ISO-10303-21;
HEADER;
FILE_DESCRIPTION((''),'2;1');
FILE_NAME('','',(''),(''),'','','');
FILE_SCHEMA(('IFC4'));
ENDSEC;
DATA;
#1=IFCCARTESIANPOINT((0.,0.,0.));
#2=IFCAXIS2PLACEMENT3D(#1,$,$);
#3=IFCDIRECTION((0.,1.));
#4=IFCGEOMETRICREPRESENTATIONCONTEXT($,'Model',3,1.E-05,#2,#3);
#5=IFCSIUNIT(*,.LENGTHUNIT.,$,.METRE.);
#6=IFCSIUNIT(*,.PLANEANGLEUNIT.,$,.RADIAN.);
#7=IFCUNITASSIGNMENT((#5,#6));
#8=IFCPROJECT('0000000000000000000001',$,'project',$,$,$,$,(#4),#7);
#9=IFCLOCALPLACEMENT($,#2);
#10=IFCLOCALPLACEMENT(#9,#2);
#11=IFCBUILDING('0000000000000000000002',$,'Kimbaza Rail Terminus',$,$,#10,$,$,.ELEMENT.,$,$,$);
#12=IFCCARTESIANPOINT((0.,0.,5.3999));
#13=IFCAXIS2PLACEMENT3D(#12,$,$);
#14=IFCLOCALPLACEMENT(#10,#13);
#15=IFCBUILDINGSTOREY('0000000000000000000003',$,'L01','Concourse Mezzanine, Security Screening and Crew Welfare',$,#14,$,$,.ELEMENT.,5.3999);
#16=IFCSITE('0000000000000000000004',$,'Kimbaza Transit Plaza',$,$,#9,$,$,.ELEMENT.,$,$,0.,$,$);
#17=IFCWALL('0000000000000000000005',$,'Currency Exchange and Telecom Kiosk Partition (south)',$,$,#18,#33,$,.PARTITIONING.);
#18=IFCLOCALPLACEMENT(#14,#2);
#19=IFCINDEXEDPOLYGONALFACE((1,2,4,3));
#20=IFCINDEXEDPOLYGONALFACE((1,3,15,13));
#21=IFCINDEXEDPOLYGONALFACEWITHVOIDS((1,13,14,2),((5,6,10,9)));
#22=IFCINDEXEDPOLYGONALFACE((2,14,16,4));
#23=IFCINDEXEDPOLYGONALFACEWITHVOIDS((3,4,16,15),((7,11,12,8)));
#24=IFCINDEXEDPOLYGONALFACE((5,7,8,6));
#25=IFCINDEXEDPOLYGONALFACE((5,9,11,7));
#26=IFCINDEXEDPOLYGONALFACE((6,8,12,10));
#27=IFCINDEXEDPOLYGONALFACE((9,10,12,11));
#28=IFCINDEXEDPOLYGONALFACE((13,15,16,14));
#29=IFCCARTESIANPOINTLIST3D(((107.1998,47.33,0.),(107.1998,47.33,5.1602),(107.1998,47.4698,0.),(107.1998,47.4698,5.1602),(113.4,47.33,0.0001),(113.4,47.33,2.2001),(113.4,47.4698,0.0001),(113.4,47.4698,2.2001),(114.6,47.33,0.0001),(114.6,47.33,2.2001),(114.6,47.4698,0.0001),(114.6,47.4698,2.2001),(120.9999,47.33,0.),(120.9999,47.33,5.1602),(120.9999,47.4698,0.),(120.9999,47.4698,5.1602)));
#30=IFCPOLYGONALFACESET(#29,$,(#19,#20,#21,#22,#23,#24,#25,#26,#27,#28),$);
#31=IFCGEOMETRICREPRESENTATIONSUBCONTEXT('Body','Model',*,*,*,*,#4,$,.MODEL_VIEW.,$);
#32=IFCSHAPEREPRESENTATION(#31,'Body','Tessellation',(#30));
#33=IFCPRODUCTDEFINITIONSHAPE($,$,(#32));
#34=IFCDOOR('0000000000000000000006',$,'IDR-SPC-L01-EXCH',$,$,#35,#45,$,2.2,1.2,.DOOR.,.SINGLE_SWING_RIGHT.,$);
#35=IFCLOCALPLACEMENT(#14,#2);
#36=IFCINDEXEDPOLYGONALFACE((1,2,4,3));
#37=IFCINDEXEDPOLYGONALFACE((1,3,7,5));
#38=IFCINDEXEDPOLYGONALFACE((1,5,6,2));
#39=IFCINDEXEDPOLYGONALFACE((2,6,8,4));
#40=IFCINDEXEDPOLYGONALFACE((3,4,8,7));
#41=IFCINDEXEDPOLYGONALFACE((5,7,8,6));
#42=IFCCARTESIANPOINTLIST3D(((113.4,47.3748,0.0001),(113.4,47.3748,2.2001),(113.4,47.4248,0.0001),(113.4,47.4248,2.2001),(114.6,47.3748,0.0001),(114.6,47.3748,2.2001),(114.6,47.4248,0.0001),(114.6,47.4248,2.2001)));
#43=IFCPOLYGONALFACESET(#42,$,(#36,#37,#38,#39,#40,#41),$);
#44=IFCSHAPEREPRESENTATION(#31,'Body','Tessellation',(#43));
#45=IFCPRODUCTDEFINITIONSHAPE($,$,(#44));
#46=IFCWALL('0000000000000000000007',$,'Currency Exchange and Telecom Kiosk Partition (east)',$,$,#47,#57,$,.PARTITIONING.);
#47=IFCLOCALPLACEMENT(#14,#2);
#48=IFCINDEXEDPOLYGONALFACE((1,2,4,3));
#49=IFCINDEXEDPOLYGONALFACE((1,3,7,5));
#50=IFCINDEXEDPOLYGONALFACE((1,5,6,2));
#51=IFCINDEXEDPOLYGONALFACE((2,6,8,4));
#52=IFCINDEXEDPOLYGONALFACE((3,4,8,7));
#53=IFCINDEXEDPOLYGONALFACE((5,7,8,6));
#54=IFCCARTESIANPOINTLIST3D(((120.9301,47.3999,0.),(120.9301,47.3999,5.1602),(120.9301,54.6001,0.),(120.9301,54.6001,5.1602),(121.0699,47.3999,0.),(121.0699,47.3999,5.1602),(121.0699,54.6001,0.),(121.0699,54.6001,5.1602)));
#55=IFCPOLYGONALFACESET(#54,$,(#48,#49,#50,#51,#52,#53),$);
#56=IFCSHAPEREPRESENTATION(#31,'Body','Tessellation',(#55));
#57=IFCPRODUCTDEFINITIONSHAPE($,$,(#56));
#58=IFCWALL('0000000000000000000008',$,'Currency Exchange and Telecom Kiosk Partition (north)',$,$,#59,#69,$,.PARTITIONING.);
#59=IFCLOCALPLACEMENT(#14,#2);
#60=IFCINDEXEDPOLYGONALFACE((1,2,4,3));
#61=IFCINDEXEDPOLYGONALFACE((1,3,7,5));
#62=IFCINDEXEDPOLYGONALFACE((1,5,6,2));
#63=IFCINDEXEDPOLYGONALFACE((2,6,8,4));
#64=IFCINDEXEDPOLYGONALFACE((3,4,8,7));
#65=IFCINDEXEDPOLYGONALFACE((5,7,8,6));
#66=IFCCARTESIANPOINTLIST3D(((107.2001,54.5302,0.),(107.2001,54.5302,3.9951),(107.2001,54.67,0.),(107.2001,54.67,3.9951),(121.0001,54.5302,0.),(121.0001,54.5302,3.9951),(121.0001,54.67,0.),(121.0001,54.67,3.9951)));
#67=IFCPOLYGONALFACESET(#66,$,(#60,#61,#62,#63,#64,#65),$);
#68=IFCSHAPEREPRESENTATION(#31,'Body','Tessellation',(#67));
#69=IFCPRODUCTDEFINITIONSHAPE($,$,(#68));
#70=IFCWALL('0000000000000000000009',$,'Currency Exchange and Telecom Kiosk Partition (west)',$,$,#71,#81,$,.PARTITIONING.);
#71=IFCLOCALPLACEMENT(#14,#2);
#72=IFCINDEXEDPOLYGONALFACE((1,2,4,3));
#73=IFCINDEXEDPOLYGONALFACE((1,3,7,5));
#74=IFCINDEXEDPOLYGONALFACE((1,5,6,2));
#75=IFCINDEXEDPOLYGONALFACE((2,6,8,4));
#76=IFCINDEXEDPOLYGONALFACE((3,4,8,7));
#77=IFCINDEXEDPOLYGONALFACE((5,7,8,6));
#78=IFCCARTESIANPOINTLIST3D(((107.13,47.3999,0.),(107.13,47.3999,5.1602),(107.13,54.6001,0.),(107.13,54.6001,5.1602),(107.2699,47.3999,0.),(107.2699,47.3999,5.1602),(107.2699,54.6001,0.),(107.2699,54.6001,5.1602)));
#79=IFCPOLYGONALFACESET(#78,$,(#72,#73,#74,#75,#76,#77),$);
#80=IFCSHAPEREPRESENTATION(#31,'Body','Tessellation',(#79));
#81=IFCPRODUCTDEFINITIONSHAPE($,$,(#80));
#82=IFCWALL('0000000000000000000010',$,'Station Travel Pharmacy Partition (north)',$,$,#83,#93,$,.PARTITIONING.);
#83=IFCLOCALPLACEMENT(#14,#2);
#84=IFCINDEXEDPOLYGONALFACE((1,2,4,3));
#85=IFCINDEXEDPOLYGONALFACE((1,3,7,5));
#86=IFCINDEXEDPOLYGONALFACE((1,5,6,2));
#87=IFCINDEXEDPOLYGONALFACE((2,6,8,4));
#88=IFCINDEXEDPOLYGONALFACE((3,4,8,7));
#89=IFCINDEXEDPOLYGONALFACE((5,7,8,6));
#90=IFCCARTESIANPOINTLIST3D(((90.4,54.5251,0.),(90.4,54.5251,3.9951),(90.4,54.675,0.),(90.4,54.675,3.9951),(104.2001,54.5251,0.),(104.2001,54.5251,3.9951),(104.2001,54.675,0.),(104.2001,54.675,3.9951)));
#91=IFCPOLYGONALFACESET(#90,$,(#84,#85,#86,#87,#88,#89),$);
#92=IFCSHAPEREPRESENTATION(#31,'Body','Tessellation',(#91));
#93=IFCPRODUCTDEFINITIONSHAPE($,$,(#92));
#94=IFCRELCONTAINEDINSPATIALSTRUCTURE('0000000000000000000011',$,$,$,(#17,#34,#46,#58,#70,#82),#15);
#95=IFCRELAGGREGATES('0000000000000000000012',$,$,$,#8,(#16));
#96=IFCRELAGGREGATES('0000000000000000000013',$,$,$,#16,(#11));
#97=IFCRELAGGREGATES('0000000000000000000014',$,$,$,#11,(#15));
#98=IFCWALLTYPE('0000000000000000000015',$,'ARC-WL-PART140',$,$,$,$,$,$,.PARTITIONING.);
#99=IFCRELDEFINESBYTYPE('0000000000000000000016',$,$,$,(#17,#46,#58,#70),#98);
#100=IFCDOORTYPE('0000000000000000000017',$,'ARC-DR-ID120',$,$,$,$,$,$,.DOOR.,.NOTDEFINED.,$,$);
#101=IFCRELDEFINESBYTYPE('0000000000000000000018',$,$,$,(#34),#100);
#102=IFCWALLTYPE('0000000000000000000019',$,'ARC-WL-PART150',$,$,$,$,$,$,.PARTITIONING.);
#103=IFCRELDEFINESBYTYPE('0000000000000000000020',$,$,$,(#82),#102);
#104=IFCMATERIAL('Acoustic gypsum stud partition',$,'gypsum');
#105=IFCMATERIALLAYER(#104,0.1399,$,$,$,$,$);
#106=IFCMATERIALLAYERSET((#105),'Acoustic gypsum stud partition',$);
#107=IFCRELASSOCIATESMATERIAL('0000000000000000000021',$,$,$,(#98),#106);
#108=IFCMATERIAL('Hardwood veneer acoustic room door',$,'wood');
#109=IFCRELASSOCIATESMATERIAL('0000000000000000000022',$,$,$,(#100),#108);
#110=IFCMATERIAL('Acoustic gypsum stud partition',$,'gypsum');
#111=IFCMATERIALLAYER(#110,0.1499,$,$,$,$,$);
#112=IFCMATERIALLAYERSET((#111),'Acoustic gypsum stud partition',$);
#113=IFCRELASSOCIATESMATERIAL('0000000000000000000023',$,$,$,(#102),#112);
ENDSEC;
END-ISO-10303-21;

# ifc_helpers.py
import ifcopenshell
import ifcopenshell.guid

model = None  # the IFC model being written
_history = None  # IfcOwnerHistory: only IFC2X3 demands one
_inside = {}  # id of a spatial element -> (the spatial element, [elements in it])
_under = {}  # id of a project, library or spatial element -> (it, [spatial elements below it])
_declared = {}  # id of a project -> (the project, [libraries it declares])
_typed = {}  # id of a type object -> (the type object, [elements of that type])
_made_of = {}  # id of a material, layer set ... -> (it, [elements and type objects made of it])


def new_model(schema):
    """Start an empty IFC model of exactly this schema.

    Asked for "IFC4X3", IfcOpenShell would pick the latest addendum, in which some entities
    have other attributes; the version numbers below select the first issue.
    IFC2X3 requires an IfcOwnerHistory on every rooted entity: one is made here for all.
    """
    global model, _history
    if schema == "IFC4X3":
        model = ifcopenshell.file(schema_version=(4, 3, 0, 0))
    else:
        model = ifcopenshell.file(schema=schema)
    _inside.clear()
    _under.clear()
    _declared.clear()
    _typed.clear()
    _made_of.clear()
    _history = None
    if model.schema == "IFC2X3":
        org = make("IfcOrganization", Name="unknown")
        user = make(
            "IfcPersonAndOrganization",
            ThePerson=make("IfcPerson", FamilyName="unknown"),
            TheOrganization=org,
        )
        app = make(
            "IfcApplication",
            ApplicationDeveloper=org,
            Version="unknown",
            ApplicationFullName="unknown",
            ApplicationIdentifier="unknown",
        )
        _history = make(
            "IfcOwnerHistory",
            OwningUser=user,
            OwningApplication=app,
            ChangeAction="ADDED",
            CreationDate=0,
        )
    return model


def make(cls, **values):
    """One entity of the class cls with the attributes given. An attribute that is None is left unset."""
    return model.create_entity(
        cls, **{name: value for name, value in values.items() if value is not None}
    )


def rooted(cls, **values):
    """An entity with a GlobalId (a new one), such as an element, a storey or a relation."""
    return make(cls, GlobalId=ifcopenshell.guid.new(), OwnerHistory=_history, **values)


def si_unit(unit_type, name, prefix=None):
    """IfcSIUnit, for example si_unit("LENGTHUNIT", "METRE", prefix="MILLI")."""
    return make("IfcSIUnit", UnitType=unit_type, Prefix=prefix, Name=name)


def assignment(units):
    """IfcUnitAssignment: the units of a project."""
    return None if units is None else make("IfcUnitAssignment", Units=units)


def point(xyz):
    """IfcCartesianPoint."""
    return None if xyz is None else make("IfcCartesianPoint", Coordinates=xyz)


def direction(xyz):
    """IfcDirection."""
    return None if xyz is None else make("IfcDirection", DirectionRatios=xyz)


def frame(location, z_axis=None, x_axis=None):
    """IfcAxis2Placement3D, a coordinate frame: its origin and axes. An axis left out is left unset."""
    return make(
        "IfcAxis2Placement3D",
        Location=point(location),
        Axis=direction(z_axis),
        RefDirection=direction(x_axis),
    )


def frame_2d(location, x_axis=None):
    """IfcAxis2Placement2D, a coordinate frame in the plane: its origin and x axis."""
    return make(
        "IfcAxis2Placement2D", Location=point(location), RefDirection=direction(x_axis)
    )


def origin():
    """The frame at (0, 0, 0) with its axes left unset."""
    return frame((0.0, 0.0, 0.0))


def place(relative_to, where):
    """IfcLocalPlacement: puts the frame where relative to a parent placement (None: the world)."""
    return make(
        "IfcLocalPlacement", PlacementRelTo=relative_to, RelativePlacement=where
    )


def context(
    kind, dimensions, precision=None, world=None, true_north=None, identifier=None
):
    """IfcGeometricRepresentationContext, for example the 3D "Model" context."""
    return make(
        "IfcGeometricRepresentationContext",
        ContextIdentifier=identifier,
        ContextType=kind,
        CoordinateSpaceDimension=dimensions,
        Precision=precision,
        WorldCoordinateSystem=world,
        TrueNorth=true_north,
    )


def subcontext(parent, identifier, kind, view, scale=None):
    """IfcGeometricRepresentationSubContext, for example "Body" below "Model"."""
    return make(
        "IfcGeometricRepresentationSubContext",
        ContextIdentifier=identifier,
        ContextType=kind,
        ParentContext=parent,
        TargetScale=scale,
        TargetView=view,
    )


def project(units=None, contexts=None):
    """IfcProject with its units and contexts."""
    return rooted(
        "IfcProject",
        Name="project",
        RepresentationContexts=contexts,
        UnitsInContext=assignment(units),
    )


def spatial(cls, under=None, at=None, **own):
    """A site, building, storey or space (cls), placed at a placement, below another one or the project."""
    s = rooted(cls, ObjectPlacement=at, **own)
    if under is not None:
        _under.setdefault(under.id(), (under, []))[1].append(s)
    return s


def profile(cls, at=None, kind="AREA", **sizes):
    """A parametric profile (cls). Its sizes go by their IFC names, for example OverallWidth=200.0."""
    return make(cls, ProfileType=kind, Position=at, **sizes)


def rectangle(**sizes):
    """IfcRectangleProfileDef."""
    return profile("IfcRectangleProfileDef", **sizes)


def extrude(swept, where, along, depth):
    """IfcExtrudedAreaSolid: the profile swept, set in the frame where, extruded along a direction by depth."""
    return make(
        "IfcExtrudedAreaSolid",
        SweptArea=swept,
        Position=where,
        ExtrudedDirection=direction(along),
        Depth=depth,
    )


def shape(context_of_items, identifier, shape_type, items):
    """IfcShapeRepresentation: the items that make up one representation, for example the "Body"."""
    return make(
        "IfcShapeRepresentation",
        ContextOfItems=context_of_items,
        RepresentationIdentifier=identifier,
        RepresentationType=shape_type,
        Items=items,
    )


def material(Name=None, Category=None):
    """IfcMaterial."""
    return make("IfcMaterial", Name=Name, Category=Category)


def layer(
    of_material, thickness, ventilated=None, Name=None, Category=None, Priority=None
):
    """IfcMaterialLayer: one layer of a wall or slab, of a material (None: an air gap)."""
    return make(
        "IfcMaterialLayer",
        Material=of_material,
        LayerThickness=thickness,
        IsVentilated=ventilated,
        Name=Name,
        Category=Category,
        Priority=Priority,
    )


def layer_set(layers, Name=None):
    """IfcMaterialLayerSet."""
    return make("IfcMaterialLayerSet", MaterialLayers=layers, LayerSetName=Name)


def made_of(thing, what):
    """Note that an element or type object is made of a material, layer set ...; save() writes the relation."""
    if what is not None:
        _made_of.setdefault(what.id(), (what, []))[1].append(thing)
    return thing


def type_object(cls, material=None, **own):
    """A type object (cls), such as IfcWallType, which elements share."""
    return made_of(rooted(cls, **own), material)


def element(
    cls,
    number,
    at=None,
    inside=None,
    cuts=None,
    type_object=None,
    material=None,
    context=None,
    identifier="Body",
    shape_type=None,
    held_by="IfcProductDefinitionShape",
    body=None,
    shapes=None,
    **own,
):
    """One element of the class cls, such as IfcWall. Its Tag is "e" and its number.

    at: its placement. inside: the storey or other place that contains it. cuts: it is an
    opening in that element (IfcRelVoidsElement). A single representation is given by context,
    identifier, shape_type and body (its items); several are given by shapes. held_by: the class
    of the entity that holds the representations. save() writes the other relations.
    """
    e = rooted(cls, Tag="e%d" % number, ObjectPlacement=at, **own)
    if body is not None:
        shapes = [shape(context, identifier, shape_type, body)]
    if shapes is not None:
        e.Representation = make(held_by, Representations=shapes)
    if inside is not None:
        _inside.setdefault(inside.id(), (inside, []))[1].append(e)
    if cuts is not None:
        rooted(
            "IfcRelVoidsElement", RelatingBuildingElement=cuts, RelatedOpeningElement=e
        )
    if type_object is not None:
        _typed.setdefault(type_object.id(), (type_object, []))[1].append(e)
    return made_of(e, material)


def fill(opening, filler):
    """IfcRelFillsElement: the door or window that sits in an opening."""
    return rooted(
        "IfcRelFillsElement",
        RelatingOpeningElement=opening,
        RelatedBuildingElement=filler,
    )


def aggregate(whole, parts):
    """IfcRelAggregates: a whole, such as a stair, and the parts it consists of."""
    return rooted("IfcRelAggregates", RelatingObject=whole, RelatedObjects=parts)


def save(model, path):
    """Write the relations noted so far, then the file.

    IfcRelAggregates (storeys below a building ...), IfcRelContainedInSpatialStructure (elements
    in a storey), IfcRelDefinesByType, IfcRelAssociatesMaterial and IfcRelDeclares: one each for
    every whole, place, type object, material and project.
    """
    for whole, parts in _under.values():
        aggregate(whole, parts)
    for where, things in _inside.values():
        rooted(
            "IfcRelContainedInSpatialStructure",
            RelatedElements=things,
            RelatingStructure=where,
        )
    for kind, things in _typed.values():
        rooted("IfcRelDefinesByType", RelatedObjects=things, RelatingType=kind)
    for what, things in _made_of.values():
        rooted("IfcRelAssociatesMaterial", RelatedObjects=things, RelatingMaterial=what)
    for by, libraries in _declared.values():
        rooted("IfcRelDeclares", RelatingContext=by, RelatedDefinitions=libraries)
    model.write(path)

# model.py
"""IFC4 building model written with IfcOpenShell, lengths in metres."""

from ifc_helpers import new_model, si_unit, direction, frame, frame_2d, origin, place, context, subcontext, project, spatial, rectangle, extrude, material, layer, layer_set, type_object, element, fill, save


model = new_model("IFC4")

# Units and contexts
model_context = context("Model", 3, precision=1e-05, world=origin(), true_north=direction((0.0, 1.0)))
body_context = subcontext(model_context, "Body", "Model", "MODEL_VIEW")
ifc_project = project(units=[si_unit("LENGTHUNIT", "METRE"), si_unit("PLANEANGLEUNIT", "RADIAN")], contexts=[model_context])

# Site, building, storey
site_placement = place(None, origin())
site = spatial("IfcSite", under=ifc_project, at=site_placement, Name="Kimbaza Transit Plaza", CompositionType="ELEMENT", RefElevation=0.0)
building_placement = place(site_placement, origin())
building = spatial("IfcBuilding", under=site, at=building_placement, Name="Kimbaza Rail Terminus", CompositionType="ELEMENT")
storey_placement = place(building_placement, frame((0.0, 0.0, 5.3999)))
storey = spatial("IfcBuildingStorey", under=building, at=storey_placement, Name="L01", Description="Concourse Mezzanine, Security Screening and Crew Welfare", CompositionType="ELEMENT", Elevation=5.3999)

# Wall, opening, door
ifc_material_1 = material(Name="Acoustic gypsum stud partition", Category="gypsum")
ifc_layer_1 = layer(ifc_material_1, 0.1399)
ifc_layer_set_1 = layer_set([ifc_layer_1], Name="Acoustic gypsum stud partition")
wall_type_1 = type_object("IfcWallType", Name="ARC-WL-PART140", PredefinedType="PARTITIONING", material=ifc_layer_set_1)
wall_1_placement = place(storey_placement, frame((107.2, 47.3999, 0.0), z_axis=(0.0, 0.0, 1.0), x_axis=(1.0, 0.0, 0.0)))
wall_1 = element("IfcWall", 1, at=wall_1_placement, inside=storey, type_object=wall_type_1, Name="Currency Exchange and Telecom Kiosk Partition (south)", PredefinedType="PARTITIONING", context=body_context, shape_type="SweptSolid", body=[
    extrude(rectangle(XDim=13.8, YDim=0.1399, at=frame_2d((6.8999, 0.0))), origin(), (0.0, 0.0, 1.0), 5.1602),
])
opening_placement = place(wall_1_placement, frame((6.2, 0.0, 0.0)))
opening = element("IfcOpeningElement", 2, at=opening_placement, cuts=wall_1, PredefinedType="OPENING", context=body_context, shape_type="SweptSolid", body=[
    extrude(rectangle(XDim=1.2, YDim=2.2, at=frame_2d((0.6001, 1.1001))), frame((0.0, 0.0798, 0.0), z_axis=(0.0, -1.0, 0.0), x_axis=(1.0, 0.0, 0.0)), (0.0, 0.0, 1.0), 0.1599),
])
ifc_material_2 = material(Name="Hardwood veneer acoustic room door", Category="wood")
door_type = type_object("IfcDoorType", Name="ARC-DR-ID120", OperationType="NOTDEFINED", PredefinedType="DOOR", material=ifc_material_2)
door_placement = place(opening_placement, origin())
door = element("IfcDoor", 3, at=door_placement, inside=storey, type_object=door_type, Name="IDR-SPC-L01-EXCH", OperationType="SINGLE_SWING_RIGHT", OverallHeight=2.2, OverallWidth=1.2, PredefinedType="DOOR", context=body_context, shape_type="SweptSolid", body=[
    extrude(rectangle(XDim=1.2, YDim=2.2, at=frame_2d((0.6001, 1.1001))), frame((0.0, 0.0249, 0.0), z_axis=(0.0, -1.0, 0.0), x_axis=(1.0, 0.0, 0.0)), (0.0, 0.0, 1.0), 0.05),
])
fill(opening, door)

# Walls
wall_2_placement = place(storey_placement, frame((121.0, 47.3999, 0.0), z_axis=(0.0, 0.0, 1.0), x_axis=(0.0, 1.0, 0.0)))
element("IfcWall", 4, at=wall_2_placement, inside=storey, type_object=wall_type_1, Name="Currency Exchange and Telecom Kiosk Partition (east)", PredefinedType="PARTITIONING", context=body_context, shape_type="SweptSolid", body=[
    extrude(rectangle(XDim=7.2002, YDim=0.1399, at=frame_2d((3.6001, 0.0))), origin(), (0.0, 0.0, 1.0), 5.1602),
])
wall_3_placement = place(storey_placement, frame((121.0, 54.6001, 0.0), z_axis=(0.0, 0.0, 1.0), x_axis=(-1.0, 0.0, 0.0)))
element("IfcWall", 5, at=wall_3_placement, inside=storey, type_object=wall_type_1, Name="Currency Exchange and Telecom Kiosk Partition (north)", PredefinedType="PARTITIONING", context=body_context, shape_type="SweptSolid", body=[
    extrude(rectangle(XDim=13.8, YDim=0.1399, at=frame_2d((6.8999, 0.0))), origin(), (0.0, 0.0, 1.0), 3.9951),
])
wall_4_placement = place(storey_placement, frame((107.2, 54.6001, 0.0), z_axis=(0.0, 0.0, 1.0), x_axis=(0.0, -1.0, 0.0)))
element("IfcWall", 6, at=wall_4_placement, inside=storey, type_object=wall_type_1, Name="Currency Exchange and Telecom Kiosk Partition (west)", PredefinedType="PARTITIONING", context=body_context, shape_type="SweptSolid", body=[
    extrude(rectangle(XDim=7.2002, YDim=0.1399, at=frame_2d((3.6001, 0.0))), origin(), (0.0, 0.0, 1.0), 5.1602),
])
ifc_material_3 = material(Name="Acoustic gypsum stud partition", Category="gypsum")
ifc_layer_2 = layer(ifc_material_3, 0.1499)
ifc_layer_set_2 = layer_set([ifc_layer_2], Name="Acoustic gypsum stud partition")
wall_type_2 = type_object("IfcWallType", Name="ARC-WL-PART150", PredefinedType="PARTITIONING", material=ifc_layer_set_2)
wall_5_placement = place(storey_placement, frame((104.2, 54.6001, 0.0), z_axis=(0.0, 0.0, 1.0), x_axis=(-1.0, 0.0, 0.0)))
element("IfcWall", 7, at=wall_5_placement, inside=storey, type_object=wall_type_2, Name="Station Travel Pharmacy Partition (north)", PredefinedType="PARTITIONING", context=body_context, shape_type="SweptSolid", body=[
    extrude(rectangle(XDim=13.8, YDim=0.1499, at=frame_2d((6.8999, 0.0))), origin(), (0.0, 0.0, 1.0), 3.9951),
])

save(model, "model.ifc")
